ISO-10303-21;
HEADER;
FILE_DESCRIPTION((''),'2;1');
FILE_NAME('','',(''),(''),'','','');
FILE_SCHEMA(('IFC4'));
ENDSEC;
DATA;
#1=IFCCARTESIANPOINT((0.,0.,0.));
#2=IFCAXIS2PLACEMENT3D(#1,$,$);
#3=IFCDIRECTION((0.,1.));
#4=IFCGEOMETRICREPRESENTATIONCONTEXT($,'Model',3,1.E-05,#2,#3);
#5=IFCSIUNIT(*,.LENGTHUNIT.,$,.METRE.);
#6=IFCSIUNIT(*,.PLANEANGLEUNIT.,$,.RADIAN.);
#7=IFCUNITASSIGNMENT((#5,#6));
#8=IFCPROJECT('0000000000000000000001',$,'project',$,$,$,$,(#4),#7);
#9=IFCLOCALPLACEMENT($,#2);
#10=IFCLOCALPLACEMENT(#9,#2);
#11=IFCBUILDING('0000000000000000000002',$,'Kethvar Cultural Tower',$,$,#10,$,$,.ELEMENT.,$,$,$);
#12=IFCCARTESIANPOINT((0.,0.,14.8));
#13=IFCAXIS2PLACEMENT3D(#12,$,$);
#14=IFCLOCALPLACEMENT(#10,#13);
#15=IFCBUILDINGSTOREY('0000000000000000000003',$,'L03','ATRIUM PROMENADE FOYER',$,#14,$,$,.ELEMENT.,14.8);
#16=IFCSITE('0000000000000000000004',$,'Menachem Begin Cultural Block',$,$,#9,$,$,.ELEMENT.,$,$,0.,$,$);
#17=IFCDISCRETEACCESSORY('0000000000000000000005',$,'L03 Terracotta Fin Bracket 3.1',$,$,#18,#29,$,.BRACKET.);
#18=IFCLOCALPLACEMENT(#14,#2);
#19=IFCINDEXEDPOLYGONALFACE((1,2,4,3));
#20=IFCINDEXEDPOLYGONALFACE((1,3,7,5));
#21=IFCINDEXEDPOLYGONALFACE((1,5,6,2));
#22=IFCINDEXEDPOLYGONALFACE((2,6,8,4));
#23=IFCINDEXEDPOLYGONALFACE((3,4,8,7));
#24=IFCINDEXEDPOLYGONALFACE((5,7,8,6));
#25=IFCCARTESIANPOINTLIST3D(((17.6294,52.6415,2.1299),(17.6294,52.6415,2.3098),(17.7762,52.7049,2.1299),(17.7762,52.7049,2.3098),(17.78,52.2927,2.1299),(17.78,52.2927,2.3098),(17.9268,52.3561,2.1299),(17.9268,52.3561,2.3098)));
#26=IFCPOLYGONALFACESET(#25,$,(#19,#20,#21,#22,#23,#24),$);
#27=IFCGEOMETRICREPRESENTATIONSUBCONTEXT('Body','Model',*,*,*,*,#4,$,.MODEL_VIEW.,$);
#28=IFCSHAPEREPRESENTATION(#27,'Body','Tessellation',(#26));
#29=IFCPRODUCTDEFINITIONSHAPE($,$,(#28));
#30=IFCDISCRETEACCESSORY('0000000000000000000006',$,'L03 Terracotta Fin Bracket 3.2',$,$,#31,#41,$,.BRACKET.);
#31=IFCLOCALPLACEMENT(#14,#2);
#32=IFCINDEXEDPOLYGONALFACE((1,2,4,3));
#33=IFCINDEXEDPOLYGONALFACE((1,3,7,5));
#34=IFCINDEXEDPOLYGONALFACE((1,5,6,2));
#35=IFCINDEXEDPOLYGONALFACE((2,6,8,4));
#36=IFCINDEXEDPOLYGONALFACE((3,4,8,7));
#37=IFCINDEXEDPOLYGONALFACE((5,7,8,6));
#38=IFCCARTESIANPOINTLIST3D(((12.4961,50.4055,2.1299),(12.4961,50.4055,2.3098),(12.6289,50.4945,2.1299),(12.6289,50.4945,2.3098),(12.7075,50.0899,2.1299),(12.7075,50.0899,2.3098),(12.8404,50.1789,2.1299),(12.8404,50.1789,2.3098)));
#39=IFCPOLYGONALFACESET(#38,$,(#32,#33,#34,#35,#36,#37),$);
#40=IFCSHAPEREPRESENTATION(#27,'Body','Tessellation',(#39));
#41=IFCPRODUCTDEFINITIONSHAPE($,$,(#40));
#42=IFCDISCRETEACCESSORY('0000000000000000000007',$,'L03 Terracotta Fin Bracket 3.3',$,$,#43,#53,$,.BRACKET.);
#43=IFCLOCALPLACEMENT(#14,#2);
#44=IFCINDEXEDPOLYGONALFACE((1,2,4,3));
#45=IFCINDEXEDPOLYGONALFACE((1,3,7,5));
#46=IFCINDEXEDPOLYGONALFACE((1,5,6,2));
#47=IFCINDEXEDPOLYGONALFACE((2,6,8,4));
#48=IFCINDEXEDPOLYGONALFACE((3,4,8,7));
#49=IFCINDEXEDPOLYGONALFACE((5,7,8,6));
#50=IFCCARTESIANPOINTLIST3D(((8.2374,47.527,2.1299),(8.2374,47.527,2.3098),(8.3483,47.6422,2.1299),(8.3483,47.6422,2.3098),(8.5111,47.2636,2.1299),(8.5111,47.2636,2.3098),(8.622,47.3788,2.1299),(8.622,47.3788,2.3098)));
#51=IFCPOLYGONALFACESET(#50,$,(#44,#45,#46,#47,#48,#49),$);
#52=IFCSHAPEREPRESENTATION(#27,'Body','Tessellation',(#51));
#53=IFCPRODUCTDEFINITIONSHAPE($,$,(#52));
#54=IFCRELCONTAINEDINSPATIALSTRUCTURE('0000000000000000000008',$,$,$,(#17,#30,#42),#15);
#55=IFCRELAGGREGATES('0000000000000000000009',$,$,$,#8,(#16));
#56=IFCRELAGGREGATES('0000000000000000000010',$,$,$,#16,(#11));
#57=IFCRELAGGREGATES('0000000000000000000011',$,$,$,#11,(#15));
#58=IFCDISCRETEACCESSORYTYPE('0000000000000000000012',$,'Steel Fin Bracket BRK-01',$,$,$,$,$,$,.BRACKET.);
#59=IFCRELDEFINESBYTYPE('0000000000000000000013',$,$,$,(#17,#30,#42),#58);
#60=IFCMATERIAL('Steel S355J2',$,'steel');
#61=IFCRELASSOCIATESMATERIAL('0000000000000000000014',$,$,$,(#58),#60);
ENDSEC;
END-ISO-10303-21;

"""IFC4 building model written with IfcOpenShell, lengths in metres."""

from ifc_helpers import new_model, si_unit, direction, frame, origin, origin_2d, place, context, subcontext, project, spatial, rectangle, extrude, source, transform, mapped, material, type_object, element, save


model = new_model("IFC4")

# Units and contexts
model_context = context("Model", 3, precision=1e-05, world=origin(), true_north=direction((0.0, 1.0)))
body_context = subcontext(model_context, "Body", "Model", "MODEL_VIEW")
ifc_project = project(units=[si_unit("LENGTHUNIT", "METRE"), si_unit("PLANEANGLEUNIT", "RADIAN")], contexts=[model_context])

# Site, building, storey
site_placement = place(None, origin())
site = spatial("IfcSite", under=ifc_project, at=site_placement, Name="Menachem Begin Cultural Block", CompositionType="ELEMENT", RefElevation=0.0)
building_placement = place(site_placement, origin())
building = spatial("IfcBuilding", under=site, at=building_placement, Name="Kethvar Cultural Tower", CompositionType="ELEMENT")
storey_placement = place(building_placement, frame((0.0, 0.0, 14.8)))
storey = spatial("IfcBuildingStorey", under=building, at=storey_placement, Name="L03", Description="ATRIUM PROMENADE FOYER", CompositionType="ELEMENT", Elevation=14.8)

# Shared definitions
ifc_material_1 = material(Name="Steel S355J2", Category="steel")

# Discrete accessories
discrete_accessory_type = type_object("IfcDiscreteAccessoryType", Name="Steel Fin Bracket BRK-01", PredefinedType="BRACKET", material=ifc_material_1)
shared_shape_1 = source(origin(), body_context, "Body", "SweptSolid", [
    extrude(rectangle(XDim=0.3799, YDim=0.1599, at=origin_2d()), origin(), (0.0, 0.0, 1.0), 0.1799),
])
for number, where, z_axis, x_axis, name in (
    (1, (17.7781, 52.4988, 2.1299), (0.0, 0.0, 1.0), (-0.396347, 0.918101, 0.0), "L03 Terracotta Fin Bracket 3.1"),
    (2, (12.6682, 50.2922, 2.1299), (0.0, 0.0, 1.0), (-0.556586, 0.83079, 0.0), "L03 Terracotta Fin Bracket 3.2"),
    (3, (8.4297, 47.4529, 2.1299), (0.0, 0.0, 1.0), (-0.720551, 0.693402, 0.0), "L03 Terracotta Fin Bracket 3.3"),
):
    element("IfcDiscreteAccessory", number, at=place(storey_placement, frame(where, z_axis=z_axis, x_axis=x_axis)), inside=storey, type_object=discrete_accessory_type, Name=name, PredefinedType="BRACKET", context=body_context, shape_type="MappedRepresentation", body=[
        mapped(shared_shape_1, transform((0.0, 0.0, 0.0), scale=1.0)),
    ])

save(model, "model.ifc")
